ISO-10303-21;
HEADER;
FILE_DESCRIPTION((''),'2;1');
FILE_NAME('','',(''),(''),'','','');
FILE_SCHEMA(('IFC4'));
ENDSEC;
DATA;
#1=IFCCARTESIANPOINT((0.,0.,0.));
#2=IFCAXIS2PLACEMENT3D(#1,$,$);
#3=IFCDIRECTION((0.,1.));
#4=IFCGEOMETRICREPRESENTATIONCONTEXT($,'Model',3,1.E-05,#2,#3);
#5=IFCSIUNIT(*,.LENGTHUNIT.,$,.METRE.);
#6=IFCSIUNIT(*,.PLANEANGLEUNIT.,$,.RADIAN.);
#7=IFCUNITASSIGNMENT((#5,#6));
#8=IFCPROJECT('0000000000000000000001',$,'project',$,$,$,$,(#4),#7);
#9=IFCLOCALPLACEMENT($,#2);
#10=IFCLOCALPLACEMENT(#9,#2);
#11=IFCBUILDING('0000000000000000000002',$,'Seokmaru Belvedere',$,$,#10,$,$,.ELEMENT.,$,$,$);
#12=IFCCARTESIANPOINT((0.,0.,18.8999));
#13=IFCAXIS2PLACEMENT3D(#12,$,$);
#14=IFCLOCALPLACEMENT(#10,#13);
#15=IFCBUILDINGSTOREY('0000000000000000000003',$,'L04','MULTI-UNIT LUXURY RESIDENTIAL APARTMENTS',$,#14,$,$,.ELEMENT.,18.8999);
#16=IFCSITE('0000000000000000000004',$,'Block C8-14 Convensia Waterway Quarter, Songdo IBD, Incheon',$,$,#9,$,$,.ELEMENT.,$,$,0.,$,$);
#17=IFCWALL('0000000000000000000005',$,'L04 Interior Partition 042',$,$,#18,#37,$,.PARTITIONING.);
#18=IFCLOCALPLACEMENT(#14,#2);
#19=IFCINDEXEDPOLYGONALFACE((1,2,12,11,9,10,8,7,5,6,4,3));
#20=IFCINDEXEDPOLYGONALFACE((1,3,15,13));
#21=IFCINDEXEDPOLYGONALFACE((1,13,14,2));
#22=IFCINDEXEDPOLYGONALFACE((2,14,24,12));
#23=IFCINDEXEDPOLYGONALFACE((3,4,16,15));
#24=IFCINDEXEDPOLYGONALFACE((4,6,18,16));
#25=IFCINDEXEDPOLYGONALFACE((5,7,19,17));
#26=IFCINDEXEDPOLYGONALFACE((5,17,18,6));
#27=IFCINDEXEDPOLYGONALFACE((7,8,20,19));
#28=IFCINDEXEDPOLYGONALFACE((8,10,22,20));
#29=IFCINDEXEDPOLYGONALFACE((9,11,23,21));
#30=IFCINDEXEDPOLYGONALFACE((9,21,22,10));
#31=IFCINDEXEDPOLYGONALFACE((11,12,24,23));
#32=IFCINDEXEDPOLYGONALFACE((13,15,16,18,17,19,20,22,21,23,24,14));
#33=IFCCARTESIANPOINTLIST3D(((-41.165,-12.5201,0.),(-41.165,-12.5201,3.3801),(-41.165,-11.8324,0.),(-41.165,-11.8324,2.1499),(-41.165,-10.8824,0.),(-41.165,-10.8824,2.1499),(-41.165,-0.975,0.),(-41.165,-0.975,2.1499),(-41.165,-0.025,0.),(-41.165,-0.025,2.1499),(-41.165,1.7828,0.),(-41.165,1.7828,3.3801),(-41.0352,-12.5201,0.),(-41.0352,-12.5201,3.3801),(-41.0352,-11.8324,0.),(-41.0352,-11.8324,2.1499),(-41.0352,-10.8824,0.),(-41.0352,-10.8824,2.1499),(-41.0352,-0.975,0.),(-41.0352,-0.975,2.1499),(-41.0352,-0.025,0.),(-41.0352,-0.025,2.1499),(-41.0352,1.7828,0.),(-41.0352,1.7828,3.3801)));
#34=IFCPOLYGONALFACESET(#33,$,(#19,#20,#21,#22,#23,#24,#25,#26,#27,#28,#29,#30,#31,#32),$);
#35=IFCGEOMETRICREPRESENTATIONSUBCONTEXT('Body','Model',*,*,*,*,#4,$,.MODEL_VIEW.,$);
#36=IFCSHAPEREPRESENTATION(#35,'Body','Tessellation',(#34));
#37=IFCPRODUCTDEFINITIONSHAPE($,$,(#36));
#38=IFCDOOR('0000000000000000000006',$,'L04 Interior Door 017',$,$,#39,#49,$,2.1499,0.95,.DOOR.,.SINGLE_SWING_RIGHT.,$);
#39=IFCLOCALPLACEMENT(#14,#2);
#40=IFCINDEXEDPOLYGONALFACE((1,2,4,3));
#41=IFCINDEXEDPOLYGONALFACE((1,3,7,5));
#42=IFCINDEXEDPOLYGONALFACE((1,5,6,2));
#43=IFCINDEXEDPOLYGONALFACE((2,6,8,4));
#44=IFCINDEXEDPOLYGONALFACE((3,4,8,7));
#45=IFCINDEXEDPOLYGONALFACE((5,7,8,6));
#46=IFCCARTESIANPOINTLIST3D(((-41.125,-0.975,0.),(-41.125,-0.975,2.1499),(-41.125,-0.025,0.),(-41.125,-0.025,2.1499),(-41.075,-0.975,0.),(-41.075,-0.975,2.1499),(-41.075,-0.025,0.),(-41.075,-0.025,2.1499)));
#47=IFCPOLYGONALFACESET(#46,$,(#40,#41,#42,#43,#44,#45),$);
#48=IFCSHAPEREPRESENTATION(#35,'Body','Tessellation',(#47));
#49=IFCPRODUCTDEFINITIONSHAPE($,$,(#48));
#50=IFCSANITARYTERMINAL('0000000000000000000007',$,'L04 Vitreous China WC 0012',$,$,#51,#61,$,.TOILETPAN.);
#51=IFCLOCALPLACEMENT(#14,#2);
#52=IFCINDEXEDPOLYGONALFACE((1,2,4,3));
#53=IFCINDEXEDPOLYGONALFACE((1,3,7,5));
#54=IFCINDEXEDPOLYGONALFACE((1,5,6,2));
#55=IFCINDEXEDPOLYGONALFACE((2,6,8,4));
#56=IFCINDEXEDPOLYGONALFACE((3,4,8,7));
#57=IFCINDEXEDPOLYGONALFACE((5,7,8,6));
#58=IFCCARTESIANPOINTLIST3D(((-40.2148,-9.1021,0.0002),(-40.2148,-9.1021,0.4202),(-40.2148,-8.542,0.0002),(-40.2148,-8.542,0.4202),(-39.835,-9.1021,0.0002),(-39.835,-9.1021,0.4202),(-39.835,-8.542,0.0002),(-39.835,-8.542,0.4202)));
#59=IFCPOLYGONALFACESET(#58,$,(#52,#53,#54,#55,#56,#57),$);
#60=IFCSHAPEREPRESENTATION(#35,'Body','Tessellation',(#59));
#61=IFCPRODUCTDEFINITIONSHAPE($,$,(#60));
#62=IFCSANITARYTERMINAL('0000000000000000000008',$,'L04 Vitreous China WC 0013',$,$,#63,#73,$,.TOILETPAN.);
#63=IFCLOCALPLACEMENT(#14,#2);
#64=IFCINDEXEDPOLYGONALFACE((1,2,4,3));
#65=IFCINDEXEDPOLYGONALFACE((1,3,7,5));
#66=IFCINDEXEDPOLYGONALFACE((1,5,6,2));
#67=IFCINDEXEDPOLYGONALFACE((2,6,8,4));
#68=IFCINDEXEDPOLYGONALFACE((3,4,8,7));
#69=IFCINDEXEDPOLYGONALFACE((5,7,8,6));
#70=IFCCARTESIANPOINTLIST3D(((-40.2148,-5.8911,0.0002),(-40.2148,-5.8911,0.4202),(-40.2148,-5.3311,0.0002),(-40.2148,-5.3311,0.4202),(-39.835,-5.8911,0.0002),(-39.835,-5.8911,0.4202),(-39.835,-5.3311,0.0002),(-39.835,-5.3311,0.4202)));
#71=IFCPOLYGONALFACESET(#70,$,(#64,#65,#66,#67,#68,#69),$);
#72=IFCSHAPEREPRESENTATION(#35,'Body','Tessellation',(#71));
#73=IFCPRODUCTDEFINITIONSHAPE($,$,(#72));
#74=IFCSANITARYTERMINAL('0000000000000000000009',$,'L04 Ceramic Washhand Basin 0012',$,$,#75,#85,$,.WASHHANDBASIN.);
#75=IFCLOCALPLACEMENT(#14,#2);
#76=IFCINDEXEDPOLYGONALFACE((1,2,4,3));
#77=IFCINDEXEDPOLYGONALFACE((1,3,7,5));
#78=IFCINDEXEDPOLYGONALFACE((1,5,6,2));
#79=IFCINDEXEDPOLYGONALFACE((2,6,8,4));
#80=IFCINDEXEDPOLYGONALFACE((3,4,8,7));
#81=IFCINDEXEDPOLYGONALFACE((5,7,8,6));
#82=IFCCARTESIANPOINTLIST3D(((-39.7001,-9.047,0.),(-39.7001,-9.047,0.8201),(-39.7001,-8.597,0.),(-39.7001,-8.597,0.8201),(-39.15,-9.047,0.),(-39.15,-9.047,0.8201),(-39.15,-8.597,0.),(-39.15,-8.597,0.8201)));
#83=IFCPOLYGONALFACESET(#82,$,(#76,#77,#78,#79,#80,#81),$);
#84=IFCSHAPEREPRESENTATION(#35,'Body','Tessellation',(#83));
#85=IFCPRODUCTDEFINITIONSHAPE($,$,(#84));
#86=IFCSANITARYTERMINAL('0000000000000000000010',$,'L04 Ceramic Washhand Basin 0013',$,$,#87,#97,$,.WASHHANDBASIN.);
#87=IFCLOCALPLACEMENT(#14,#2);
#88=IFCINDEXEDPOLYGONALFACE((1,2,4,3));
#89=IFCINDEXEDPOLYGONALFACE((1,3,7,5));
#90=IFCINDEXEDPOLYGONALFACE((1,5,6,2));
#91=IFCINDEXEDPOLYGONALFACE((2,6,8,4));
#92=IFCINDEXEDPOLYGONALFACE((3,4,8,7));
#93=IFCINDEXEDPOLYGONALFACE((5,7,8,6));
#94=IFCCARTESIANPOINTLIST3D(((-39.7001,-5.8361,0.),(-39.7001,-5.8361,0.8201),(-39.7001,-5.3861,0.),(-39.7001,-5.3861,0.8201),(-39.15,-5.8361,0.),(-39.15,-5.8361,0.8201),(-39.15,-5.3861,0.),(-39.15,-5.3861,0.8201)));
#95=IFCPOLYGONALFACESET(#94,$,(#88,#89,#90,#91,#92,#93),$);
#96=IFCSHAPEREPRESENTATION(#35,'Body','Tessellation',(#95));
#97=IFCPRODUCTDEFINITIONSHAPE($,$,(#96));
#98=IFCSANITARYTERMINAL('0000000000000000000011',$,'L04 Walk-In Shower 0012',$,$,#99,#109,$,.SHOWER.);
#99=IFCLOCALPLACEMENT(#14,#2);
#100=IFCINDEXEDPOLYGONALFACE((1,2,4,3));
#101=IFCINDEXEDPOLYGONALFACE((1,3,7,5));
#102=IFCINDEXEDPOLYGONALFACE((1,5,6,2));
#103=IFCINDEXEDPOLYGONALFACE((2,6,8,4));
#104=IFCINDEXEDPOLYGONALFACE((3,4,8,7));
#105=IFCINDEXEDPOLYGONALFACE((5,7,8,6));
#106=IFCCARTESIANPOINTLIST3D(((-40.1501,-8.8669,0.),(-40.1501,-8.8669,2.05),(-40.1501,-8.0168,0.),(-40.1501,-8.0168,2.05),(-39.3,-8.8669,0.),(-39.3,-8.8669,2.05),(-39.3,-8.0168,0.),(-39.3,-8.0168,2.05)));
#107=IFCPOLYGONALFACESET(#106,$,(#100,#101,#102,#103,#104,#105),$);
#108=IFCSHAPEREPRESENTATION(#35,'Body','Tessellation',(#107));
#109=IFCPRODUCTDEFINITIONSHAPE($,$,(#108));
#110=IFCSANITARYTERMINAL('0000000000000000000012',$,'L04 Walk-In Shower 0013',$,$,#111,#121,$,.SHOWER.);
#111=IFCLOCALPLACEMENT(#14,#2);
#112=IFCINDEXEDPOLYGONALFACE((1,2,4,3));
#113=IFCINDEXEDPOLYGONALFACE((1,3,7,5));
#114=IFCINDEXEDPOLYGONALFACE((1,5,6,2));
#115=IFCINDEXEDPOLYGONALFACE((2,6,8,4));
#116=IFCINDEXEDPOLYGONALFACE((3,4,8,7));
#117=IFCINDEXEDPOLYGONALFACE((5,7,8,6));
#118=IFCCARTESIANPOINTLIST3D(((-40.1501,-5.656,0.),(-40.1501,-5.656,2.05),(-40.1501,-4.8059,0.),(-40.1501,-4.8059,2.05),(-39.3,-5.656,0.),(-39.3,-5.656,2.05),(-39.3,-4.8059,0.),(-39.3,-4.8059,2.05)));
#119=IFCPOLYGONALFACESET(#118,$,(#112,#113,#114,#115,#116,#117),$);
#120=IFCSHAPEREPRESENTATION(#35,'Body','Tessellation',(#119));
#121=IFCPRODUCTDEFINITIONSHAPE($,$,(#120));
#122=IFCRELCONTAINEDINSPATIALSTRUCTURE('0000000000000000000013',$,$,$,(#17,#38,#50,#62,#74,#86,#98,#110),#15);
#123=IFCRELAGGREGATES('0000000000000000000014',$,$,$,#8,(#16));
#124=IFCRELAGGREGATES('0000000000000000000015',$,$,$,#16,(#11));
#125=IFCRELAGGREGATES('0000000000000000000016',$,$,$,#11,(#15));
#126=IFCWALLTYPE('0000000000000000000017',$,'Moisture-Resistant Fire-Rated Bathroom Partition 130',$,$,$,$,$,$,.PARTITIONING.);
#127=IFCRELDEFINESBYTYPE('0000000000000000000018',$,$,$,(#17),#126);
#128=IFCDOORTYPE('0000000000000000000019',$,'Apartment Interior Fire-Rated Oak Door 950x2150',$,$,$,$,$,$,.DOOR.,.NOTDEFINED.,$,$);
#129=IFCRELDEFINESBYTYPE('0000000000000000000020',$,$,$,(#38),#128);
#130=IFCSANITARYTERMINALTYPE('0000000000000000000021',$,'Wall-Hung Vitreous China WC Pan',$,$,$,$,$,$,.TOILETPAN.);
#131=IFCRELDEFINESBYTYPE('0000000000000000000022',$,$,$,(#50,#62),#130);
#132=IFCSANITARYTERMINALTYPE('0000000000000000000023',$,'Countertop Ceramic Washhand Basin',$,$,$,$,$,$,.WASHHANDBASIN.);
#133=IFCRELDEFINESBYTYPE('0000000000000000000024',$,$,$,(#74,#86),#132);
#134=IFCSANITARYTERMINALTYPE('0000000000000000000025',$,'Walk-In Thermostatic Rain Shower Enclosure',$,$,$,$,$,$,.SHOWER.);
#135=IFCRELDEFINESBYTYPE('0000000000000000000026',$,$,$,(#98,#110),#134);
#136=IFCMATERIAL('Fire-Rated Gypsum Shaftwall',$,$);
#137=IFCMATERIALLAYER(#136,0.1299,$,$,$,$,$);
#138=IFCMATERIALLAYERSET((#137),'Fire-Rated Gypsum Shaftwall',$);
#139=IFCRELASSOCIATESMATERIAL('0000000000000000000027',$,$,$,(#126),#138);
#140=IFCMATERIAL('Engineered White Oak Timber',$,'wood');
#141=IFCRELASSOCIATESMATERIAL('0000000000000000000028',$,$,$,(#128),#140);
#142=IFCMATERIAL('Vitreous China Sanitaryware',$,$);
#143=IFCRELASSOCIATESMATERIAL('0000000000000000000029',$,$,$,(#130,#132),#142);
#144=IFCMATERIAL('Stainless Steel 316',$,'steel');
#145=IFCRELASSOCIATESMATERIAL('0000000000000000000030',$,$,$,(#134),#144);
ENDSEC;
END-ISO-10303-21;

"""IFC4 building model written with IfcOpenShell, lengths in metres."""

from ifc_helpers import new_model, si_unit, direction, frame, frame_2d, origin, origin_2d, place, context, subcontext, project, spatial, rectangle, extrude, source, transform, mapped, material, layer, layer_set, type_object, type_shapes, element, fill, save


model = new_model("IFC4")

# Units and contexts
model_context = context("Model", 3, precision=1e-05, world=origin(), true_north=direction((0.0, 1.0)))
body_context = subcontext(model_context, "Body", "Model", "MODEL_VIEW")
ifc_project = project(units=[si_unit("LENGTHUNIT", "METRE"), si_unit("PLANEANGLEUNIT", "RADIAN")], contexts=[model_context])

# Site, building, storey
site_placement = place(None, origin())
site = spatial("IfcSite", under=ifc_project, at=site_placement, Name="Block C8-14 Convensia Waterway Quarter, Songdo IBD, Incheon", CompositionType="ELEMENT", RefElevation=0.0)
building_placement = place(site_placement, origin())
building = spatial("IfcBuilding", under=site, at=building_placement, Name="Seokmaru Belvedere", CompositionType="ELEMENT")
storey_placement = place(building_placement, frame((0.0, 0.0, 18.8999)))
storey = spatial("IfcBuildingStorey", under=building, at=storey_placement, Name="L04", Description="MULTI-UNIT LUXURY RESIDENTIAL APARTMENTS", CompositionType="ELEMENT", Elevation=18.8999)

# Shared definitions
ifc_material_1 = material(Name="Fire-Rated Gypsum Shaftwall")

# Shared definitions
ifc_layer_1 = layer(ifc_material_1, 0.1299)
ifc_layer_set_1 = layer_set([ifc_layer_1], Name="Fire-Rated Gypsum Shaftwall")
wall_type_1 = type_object("IfcWallType", Name="Moisture-Resistant Fire-Rated Bathroom Partition 130", PredefinedType="PARTITIONING", material=ifc_layer_set_1)
ifc_material_2 = material(Name="Engineered White Oak Timber", Category="wood")

# Wall, openings, door
wall_1_placement = place(storey_placement, frame((-41.1001, -12.52, 0.0), z_axis=(0.0, 0.0, 1.0), x_axis=(0.0, 1.0, 0.0)))
wall_1 = element("IfcWall", 1, at=wall_1_placement, inside=storey, type_object=wall_type_1, Name="L04 Interior Partition 042", PredefinedType="PARTITIONING", context=body_context, shape_type="SweptSolid", body=[
    extrude(rectangle(XDim=14.303, YDim=0.1299, at=frame_2d((7.1514, 0.0))), origin(), (0.0, 0.0, 1.0), 3.3801),
])
opening_1_placement = place(wall_1_placement, frame((0.6875, 0.0, 0.0)))
element("IfcOpeningElement", 2, at=opening_1_placement, cuts=wall_1, PredefinedType="OPENING", context=body_context, shape_type="SweptSolid", body=[
    extrude(rectangle(XDim=0.95, YDim=2.1499, at=frame_2d((0.4751, 1.075))), frame((0.0, 0.075, 0.0), z_axis=(0.0, -1.0, 0.0), x_axis=(1.0, 0.0, 0.0)), (0.0, 0.0, 1.0), 0.1499),
])
opening_2_placement = place(wall_1_placement, frame((11.5449, 0.0, 0.0)))
opening_2 = element("IfcOpeningElement", 3, at=opening_2_placement, cuts=wall_1, PredefinedType="OPENING", context=body_context, shape_type="SweptSolid", body=[
    extrude(rectangle(XDim=0.95, YDim=2.1499, at=frame_2d((0.4751, 1.075))), frame((0.0, 0.075, 0.0), z_axis=(0.0, -1.0, 0.0), x_axis=(1.0, 0.0, 0.0)), (0.0, 0.0, 1.0), 0.1499),
])
door_type_1 = type_object("IfcDoorType", Name="Apartment Interior Fire-Rated Oak Door 950x2150", OperationType="NOTDEFINED", PredefinedType="DOOR", material=ifc_material_2)
shared_shape_1 = source(origin(), body_context, "Body", "SweptSolid", [
    extrude(rectangle(XDim=0.95, YDim=2.1499, at=frame_2d((0.4751, 1.075))), frame((0.0, 0.0249, 0.0), z_axis=(0.0, -1.0, 0.0), x_axis=(1.0, 0.0, 0.0)), (0.0, 0.0, 1.0), 0.05),
])
type_shapes(door_type_1, [shared_shape_1])
door_1_placement = place(opening_2_placement, origin())
door_1 = element("IfcDoor", 4, at=door_1_placement, inside=storey, type_object=door_type_1, Name="L04 Interior Door 017", OperationType="SINGLE_SWING_RIGHT", OverallHeight=2.1499, OverallWidth=0.95, PredefinedType="DOOR", context=body_context, shape_type="MappedRepresentation", body=[
    mapped(shared_shape_1, transform((0.0, 0.0, 0.0), scale=1.0)),
])
fill(opening_2, door_1)

# Sanitary terminals
ifc_material_3 = material(Name="Vitreous China Sanitaryware")
sanitary_terminal_type_1 = type_object("IfcSanitaryTerminalType", Name="Wall-Hung Vitreous China WC Pan", PredefinedType="TOILETPAN", material=ifc_material_3)
shared_shape_2 = source(origin(), body_context, "Body", "SweptSolid", [
    extrude(rectangle(XDim=0.3799, YDim=0.5601, at=origin_2d()), origin(), (0.0, 0.0, 1.0), 0.4199),
])
type_shapes(sanitary_terminal_type_1, [shared_shape_2])
for number, where, z_axis, x_axis, name in (
    (5, (-40.0249, -8.822, 0.0002), (0.0, 0.0, 1.0), (1.0, 0.0, 0.0), "L04 Vitreous China WC 0012"),
    (6, (-40.0249, -5.6111, 0.0002), (0.0, 0.0, 1.0), (1.0, 0.0, 0.0), "L04 Vitreous China WC 0013"),
):
    element("IfcSanitaryTerminal", number, at=place(storey_placement, frame(where, z_axis=z_axis, x_axis=x_axis)), inside=storey, type_object=sanitary_terminal_type_1, Name=name, PredefinedType="TOILETPAN", context=body_context, shape_type="MappedRepresentation", body=[
        mapped(shared_shape_2, transform((0.0, 0.0, 0.0), scale=1.0)),
    ])
sanitary_terminal_type_2 = type_object("IfcSanitaryTerminalType", Name="Countertop Ceramic Washhand Basin", PredefinedType="WASHHANDBASIN", material=ifc_material_3)
shared_shape_3 = source(origin(), body_context, "Body", "SweptSolid", [
    extrude(rectangle(XDim=0.55, YDim=0.45, at=origin_2d()), origin(), (0.0, 0.0, 1.0), 0.8201),
])
type_shapes(sanitary_terminal_type_2, [shared_shape_3])
for number, where, z_axis, x_axis, name in (
    (7, (-39.425, -8.822, 0.0), (0.0, 0.0, 1.0), (1.0, 0.0, 0.0), "L04 Ceramic Washhand Basin 0012"),
    (8, (-39.425, -5.6111, 0.0), (0.0, 0.0, 1.0), (1.0, 0.0, 0.0), "L04 Ceramic Washhand Basin 0013"),
):
    element("IfcSanitaryTerminal", number, at=place(storey_placement, frame(where, z_axis=z_axis, x_axis=x_axis)), inside=storey, type_object=sanitary_terminal_type_2, Name=name, PredefinedType="WASHHANDBASIN", context=body_context, shape_type="MappedRepresentation", body=[
        mapped(shared_shape_3, transform((0.0, 0.0, 0.0), scale=1.0)),
    ])
ifc_material_4 = material(Name="Stainless Steel 316", Category="steel")
sanitary_terminal_type_3 = type_object("IfcSanitaryTerminalType", Name="Walk-In Thermostatic Rain Shower Enclosure", PredefinedType="SHOWER", material=ifc_material_4)
shared_shape_4 = source(origin(), body_context, "Body", "SweptSolid", [
    extrude(rectangle(XDim=0.8501, YDim=0.8501, at=origin_2d()), origin(), (0.0, 0.0, 1.0), 2.05),
])
type_shapes(sanitary_terminal_type_3, [shared_shape_4])
for number, where, z_axis, x_axis, name in (
    (9, (-39.7251, -8.4419, 0.0), (0.0, 0.0, 1.0), (1.0, 0.0, 0.0), "L04 Walk-In Shower 0012"),
    (10, (-39.7251, -5.231, 0.0), (0.0, 0.0, 1.0), (1.0, 0.0, 0.0), "L04 Walk-In Shower 0013"),
):
    element("IfcSanitaryTerminal", number, at=place(storey_placement, frame(where, z_axis=z_axis, x_axis=x_axis)), inside=storey, type_object=sanitary_terminal_type_3, Name=name, PredefinedType="SHOWER", context=body_context, shape_type="MappedRepresentation", body=[
        mapped(shared_shape_4, transform((0.0, 0.0, 0.0), scale=1.0)),
    ])

save(model, "model.ifc")
